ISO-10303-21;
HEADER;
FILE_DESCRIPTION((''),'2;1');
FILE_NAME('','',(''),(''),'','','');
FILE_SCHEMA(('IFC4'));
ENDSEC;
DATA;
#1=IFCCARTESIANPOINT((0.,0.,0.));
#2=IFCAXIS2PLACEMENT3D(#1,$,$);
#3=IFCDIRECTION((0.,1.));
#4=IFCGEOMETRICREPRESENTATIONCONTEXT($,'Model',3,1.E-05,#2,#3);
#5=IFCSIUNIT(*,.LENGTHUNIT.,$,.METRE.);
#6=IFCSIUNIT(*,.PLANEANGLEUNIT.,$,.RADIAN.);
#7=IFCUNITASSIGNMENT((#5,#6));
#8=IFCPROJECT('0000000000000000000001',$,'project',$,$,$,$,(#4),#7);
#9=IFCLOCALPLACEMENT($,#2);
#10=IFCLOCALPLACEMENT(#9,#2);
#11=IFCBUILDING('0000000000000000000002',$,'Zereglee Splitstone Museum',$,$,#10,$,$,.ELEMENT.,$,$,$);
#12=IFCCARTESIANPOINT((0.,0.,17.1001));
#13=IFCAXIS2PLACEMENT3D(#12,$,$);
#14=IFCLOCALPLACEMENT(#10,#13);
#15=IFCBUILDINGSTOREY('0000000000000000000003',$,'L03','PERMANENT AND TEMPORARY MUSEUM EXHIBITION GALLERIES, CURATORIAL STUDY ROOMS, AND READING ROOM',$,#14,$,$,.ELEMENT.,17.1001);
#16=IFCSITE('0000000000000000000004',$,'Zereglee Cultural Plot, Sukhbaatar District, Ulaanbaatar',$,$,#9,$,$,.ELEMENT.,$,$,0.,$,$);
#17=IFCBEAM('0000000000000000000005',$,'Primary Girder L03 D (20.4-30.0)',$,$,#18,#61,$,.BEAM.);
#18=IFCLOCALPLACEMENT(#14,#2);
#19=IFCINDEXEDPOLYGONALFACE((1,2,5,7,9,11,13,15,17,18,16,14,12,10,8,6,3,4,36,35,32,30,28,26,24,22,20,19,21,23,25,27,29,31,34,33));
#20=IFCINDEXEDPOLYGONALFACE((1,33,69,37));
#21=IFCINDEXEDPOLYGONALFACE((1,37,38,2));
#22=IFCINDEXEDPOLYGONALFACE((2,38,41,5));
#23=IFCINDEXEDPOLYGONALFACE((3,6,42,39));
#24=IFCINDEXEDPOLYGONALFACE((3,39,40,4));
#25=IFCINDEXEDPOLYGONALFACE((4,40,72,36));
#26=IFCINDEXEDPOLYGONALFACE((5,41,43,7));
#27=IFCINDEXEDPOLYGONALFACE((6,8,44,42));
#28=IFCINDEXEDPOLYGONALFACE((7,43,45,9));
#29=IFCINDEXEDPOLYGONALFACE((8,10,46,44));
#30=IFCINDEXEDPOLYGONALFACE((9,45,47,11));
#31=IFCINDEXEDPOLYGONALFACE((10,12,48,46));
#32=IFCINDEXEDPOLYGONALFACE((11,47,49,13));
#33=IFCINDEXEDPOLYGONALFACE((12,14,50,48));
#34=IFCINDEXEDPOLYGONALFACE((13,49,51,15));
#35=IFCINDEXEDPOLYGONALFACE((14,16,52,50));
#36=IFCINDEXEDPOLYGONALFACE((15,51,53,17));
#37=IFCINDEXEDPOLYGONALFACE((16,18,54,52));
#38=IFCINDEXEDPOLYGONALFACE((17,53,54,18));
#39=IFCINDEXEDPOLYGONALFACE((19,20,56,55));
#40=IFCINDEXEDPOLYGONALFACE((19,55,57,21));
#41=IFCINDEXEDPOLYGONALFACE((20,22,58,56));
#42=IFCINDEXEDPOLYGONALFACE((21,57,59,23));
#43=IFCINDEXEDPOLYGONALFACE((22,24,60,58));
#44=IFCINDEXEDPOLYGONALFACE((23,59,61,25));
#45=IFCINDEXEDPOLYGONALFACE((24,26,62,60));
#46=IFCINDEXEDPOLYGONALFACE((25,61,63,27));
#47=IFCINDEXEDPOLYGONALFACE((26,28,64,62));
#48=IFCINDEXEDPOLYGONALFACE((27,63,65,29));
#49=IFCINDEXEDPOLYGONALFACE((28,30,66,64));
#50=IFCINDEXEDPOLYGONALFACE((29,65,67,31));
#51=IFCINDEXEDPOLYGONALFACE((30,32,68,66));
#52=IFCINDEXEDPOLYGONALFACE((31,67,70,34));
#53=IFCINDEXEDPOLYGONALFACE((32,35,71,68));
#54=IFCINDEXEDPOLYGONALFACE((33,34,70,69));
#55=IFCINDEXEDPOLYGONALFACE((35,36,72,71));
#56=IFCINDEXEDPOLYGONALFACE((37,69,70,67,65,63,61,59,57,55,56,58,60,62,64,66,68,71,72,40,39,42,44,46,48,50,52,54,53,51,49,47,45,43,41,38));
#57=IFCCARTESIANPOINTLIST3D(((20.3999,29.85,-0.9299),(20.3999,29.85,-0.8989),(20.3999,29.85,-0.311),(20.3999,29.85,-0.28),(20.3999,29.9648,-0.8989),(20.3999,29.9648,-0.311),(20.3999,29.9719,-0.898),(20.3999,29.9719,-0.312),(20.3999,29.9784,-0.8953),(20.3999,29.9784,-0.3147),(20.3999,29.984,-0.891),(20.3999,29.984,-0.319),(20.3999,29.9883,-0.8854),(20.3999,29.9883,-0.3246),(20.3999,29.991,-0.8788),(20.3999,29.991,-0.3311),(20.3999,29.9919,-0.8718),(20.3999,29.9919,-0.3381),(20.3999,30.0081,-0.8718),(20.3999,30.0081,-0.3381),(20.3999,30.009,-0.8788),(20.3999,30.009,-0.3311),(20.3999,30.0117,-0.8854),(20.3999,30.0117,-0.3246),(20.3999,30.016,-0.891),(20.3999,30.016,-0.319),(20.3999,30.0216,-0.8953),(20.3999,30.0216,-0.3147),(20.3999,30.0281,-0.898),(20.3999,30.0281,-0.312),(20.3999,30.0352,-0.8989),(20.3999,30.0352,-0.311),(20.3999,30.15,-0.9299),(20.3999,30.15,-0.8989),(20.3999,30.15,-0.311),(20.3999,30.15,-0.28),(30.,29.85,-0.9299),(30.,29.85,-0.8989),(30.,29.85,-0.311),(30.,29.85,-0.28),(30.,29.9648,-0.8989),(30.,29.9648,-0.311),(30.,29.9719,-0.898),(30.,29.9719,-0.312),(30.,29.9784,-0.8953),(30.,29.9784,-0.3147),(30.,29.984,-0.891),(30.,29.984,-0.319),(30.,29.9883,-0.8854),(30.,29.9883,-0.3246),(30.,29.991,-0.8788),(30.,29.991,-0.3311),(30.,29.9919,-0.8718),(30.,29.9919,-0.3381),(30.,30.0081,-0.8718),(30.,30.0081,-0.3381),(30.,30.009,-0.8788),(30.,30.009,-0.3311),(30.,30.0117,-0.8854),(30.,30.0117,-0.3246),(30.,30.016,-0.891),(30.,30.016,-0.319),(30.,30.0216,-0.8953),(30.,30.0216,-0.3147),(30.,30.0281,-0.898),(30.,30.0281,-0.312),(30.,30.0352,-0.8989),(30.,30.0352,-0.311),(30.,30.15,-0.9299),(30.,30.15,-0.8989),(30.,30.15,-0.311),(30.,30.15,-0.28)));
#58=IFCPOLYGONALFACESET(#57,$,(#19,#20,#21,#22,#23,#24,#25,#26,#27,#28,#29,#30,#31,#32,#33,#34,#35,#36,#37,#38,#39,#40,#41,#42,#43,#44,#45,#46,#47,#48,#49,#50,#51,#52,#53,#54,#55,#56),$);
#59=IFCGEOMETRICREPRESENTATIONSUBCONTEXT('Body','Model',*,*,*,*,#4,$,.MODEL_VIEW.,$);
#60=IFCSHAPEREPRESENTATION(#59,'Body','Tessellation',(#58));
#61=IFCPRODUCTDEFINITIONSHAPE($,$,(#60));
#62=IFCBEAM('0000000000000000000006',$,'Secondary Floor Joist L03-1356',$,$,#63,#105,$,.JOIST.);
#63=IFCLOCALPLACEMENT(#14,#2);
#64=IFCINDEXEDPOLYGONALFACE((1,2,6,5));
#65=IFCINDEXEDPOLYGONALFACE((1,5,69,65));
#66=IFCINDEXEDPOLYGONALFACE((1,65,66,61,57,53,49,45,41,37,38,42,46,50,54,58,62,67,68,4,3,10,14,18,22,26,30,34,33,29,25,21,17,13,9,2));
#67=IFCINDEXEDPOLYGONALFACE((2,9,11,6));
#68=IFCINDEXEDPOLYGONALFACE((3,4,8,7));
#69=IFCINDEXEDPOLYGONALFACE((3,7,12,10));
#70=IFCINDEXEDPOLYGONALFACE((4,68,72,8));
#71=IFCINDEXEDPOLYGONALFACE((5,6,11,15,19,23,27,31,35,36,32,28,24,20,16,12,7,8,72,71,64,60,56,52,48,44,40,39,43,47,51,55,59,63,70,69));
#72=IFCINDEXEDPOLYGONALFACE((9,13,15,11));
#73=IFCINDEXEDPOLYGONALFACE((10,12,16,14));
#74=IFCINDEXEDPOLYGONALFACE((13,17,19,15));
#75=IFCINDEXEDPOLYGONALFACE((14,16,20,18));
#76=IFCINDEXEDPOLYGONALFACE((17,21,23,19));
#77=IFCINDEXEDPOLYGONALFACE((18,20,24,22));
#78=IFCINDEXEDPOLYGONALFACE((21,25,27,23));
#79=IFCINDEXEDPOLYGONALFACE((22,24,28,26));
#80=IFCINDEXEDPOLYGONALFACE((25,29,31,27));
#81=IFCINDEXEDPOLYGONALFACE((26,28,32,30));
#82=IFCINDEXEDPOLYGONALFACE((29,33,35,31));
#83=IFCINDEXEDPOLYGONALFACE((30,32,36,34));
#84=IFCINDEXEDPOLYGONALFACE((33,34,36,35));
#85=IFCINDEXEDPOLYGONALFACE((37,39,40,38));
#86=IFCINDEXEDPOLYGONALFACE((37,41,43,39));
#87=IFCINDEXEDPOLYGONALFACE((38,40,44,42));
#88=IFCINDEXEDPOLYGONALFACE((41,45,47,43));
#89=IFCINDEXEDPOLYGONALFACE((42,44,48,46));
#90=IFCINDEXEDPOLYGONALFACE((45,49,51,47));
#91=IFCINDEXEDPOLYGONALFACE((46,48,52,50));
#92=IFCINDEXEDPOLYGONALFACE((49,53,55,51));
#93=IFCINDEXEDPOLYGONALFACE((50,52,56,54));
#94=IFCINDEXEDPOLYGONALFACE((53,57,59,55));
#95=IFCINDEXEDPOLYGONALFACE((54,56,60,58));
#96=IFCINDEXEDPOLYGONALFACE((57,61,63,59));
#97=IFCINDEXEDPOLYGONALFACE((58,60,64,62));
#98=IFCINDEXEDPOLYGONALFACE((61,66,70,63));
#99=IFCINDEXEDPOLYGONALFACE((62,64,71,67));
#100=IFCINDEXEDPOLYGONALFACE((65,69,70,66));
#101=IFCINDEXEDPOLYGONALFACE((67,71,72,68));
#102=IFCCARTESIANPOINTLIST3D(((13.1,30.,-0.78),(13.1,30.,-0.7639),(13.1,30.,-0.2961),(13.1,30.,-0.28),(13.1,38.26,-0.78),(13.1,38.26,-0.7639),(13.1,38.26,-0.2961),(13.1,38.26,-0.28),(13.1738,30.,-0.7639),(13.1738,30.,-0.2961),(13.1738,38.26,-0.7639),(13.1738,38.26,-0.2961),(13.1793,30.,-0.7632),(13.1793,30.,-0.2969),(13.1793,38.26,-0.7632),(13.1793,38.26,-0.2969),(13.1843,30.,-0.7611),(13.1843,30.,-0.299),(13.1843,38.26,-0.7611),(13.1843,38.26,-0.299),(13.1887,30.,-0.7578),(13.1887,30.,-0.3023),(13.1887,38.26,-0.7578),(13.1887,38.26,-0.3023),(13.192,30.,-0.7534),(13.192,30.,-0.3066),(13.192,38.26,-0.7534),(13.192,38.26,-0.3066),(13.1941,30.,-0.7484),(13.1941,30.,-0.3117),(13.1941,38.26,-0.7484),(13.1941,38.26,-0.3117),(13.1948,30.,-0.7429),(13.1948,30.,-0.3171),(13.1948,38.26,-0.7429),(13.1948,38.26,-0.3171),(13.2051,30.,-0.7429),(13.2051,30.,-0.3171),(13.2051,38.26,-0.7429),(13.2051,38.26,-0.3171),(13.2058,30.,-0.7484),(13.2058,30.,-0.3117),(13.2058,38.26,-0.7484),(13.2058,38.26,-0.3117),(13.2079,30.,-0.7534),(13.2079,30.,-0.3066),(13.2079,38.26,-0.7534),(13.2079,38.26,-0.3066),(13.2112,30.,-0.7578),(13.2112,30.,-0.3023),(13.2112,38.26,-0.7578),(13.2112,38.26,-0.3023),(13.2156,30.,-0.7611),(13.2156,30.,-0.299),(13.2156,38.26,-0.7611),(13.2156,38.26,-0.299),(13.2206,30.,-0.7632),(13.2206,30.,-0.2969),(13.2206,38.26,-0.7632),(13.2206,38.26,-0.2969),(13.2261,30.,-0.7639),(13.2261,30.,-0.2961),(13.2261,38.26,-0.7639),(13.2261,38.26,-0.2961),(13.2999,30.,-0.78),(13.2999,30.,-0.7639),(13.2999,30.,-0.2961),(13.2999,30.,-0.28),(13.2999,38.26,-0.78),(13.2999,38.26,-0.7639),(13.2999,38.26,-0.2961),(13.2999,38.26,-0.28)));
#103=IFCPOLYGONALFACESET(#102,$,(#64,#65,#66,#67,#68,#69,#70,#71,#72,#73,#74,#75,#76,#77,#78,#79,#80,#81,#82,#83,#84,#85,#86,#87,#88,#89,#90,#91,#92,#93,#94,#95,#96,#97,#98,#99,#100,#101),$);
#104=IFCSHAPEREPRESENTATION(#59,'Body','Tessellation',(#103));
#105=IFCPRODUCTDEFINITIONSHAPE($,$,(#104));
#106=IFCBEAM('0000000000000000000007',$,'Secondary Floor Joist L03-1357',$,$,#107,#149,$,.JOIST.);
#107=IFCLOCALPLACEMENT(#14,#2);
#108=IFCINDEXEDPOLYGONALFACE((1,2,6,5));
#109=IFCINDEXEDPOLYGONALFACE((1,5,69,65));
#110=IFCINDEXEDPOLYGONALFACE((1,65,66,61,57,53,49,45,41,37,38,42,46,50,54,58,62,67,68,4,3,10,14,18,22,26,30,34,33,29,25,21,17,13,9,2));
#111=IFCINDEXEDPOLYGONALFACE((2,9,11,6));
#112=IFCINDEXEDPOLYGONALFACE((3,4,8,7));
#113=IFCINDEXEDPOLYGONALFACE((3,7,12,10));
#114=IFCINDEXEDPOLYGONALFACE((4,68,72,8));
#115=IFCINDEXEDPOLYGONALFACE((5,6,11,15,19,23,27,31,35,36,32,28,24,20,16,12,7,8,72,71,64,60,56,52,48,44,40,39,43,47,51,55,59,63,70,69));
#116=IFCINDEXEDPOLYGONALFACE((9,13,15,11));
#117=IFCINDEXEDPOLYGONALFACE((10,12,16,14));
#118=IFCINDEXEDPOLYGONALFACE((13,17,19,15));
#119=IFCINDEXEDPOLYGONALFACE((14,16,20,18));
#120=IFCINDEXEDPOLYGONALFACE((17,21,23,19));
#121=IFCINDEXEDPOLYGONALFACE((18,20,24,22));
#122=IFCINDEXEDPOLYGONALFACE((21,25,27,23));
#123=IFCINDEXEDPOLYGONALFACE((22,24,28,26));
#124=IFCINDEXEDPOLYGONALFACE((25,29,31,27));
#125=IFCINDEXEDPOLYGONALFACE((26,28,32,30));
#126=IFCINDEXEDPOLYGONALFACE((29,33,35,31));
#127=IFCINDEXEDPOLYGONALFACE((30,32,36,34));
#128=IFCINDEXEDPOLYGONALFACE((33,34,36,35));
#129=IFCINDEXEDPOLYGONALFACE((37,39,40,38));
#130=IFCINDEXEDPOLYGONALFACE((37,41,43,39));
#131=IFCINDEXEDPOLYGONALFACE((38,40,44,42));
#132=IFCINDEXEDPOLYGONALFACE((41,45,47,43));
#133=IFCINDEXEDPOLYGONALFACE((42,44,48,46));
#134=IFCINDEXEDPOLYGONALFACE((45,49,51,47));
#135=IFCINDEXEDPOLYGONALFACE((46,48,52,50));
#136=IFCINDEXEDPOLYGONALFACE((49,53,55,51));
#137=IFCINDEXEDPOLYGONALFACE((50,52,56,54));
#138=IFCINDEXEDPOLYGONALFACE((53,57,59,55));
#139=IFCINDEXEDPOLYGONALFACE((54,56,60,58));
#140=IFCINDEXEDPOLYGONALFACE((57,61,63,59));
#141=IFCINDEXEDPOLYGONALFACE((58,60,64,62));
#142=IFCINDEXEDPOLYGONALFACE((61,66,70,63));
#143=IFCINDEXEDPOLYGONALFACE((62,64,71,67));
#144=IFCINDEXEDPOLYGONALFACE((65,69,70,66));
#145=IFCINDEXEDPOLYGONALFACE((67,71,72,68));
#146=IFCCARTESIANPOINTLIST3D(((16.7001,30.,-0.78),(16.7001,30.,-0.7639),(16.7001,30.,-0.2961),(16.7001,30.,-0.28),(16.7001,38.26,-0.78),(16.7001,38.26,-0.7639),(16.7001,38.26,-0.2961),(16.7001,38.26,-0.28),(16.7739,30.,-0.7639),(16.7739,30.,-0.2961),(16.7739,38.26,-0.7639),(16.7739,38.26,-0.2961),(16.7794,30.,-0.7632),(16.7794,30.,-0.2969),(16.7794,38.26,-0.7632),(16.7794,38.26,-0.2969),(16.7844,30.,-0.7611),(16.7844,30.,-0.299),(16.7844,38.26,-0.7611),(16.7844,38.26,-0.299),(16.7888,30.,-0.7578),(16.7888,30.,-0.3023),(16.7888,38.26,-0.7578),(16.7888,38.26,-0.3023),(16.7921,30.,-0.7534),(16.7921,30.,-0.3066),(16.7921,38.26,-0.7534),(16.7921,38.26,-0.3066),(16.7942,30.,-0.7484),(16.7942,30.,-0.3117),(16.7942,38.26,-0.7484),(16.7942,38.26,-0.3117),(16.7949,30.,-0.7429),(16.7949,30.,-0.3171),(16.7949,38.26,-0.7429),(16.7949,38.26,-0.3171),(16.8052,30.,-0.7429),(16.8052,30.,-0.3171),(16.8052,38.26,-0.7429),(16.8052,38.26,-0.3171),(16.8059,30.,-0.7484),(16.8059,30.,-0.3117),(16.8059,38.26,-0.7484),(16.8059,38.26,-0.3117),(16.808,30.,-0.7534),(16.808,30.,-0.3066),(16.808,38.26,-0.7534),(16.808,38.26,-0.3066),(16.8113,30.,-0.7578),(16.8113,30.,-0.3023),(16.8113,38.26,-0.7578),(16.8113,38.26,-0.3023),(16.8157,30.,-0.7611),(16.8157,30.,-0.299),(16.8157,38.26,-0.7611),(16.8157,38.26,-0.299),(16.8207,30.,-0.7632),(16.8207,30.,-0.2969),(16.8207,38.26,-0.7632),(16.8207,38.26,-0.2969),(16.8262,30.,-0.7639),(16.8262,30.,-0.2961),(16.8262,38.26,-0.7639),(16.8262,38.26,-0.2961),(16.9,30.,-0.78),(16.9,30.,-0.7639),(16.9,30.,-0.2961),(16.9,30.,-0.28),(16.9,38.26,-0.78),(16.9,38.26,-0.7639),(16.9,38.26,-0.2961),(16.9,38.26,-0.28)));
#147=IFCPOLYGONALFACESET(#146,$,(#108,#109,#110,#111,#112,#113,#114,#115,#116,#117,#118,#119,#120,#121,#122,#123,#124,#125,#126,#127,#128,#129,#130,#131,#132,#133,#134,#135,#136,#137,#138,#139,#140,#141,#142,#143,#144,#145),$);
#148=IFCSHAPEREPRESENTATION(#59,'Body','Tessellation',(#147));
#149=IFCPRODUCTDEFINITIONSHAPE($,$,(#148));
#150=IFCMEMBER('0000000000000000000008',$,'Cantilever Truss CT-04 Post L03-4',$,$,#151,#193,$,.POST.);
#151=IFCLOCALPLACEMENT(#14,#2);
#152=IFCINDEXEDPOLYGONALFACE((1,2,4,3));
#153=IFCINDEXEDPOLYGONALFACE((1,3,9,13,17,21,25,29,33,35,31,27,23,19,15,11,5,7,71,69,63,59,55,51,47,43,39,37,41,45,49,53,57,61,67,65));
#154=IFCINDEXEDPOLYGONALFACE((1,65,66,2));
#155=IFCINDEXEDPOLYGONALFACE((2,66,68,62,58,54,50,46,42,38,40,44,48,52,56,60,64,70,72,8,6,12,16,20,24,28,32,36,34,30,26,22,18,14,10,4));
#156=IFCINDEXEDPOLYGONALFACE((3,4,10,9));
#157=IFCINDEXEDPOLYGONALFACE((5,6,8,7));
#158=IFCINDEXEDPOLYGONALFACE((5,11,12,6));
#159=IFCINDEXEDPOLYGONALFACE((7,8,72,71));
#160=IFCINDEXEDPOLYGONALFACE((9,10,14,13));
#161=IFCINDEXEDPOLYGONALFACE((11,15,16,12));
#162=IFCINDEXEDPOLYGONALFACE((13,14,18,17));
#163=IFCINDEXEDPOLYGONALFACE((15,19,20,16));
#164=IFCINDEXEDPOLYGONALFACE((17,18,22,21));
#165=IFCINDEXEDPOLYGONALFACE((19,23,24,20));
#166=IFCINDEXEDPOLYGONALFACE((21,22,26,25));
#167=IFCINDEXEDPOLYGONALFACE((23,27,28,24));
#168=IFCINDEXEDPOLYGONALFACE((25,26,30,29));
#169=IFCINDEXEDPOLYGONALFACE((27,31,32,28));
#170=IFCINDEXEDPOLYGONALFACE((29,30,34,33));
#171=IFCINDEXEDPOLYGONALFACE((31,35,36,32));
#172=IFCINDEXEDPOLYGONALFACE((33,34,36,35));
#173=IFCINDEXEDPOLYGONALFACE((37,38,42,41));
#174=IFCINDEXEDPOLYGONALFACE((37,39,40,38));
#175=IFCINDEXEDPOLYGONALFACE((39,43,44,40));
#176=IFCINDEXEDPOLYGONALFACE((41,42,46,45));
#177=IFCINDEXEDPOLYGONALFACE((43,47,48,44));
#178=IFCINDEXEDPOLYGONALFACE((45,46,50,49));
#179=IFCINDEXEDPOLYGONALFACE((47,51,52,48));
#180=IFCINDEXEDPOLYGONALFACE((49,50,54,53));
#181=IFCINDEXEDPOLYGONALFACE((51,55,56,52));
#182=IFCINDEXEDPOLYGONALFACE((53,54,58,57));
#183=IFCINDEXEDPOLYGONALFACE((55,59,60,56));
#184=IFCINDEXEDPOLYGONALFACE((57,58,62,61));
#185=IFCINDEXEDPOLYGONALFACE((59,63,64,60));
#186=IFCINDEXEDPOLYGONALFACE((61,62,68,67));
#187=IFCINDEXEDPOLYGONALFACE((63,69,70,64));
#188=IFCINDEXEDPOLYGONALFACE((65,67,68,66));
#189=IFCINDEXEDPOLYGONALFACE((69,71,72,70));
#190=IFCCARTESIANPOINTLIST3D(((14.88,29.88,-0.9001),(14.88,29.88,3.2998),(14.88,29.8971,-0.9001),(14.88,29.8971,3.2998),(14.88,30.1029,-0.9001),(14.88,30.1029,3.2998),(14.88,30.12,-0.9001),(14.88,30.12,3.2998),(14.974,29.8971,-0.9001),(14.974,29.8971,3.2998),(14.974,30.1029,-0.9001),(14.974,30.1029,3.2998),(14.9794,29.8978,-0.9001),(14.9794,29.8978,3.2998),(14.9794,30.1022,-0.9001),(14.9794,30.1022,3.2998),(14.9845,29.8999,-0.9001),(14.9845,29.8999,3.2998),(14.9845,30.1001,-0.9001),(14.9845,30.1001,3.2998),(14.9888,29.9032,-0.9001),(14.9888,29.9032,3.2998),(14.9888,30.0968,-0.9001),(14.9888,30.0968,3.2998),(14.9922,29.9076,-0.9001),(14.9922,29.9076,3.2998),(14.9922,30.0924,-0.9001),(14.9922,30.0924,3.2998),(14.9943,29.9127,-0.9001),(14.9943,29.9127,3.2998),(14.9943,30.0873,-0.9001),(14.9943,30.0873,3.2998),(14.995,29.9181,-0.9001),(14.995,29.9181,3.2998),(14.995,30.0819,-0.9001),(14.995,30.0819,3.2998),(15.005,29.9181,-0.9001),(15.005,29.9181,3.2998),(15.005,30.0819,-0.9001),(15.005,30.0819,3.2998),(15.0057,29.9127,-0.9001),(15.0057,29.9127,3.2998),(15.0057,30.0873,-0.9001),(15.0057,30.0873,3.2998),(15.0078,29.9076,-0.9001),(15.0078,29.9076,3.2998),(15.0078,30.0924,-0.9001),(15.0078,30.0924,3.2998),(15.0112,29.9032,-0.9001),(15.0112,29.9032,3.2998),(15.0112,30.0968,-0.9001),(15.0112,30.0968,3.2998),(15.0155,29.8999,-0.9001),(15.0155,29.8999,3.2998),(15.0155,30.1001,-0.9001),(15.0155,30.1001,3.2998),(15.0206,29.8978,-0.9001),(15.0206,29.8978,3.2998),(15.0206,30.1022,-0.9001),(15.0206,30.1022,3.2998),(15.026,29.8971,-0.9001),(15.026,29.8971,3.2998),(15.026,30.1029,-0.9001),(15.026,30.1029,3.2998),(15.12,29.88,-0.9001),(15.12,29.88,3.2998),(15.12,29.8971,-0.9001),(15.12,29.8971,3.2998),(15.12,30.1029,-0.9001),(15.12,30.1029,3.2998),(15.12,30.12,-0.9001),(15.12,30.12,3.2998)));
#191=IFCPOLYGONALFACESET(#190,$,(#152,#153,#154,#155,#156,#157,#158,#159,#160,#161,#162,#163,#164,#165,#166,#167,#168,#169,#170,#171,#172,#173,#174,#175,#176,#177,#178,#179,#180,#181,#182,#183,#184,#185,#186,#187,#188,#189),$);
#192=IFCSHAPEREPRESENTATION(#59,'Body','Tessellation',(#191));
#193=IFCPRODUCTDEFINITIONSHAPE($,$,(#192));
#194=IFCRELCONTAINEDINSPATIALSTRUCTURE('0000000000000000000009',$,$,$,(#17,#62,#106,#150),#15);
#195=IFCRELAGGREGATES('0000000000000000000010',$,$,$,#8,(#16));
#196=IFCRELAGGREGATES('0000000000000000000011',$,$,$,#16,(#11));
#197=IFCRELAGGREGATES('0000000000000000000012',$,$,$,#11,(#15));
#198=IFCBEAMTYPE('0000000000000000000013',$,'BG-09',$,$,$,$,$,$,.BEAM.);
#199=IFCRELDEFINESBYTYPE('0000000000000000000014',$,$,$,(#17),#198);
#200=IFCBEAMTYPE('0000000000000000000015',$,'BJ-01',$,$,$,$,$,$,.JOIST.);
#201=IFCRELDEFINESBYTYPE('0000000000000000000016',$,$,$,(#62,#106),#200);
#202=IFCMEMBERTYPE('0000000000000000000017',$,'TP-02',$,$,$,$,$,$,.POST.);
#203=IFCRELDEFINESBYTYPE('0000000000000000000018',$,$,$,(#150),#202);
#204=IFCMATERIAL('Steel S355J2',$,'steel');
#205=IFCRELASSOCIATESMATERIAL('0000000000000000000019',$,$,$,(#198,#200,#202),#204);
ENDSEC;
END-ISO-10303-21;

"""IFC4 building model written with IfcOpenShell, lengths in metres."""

from ifc_helpers import new_model, si_unit, direction, frame, origin, origin_2d, place, context, subcontext, project, spatial, i_section, extrude, material, material_profile, profile_set, type_object, element, save


model = new_model("IFC4")

# Units and contexts
model_context = context("Model", 3, precision=1e-05, world=origin(), true_north=direction((0.0, 1.0)))
body_context = subcontext(model_context, "Body", "Model", "MODEL_VIEW")
ifc_project = project(units=[si_unit("LENGTHUNIT", "METRE"), si_unit("PLANEANGLEUNIT", "RADIAN")], contexts=[model_context])

# Site, building, storey
site_placement = place(None, origin())
site = spatial("IfcSite", under=ifc_project, at=site_placement, Name="Zereglee Cultural Plot, Sukhbaatar District, Ulaanbaatar", CompositionType="ELEMENT", RefElevation=0.0)
building_placement = place(site_placement, origin())
building = spatial("IfcBuilding", under=site, at=building_placement, Name="Zereglee Splitstone Museum", CompositionType="ELEMENT")
storey_placement = place(building_placement, frame((0.0, 0.0, 17.1001)))
storey = spatial("IfcBuildingStorey", under=building, at=storey_placement, Name="L03", Description="PERMANENT AND TEMPORARY MUSEUM EXHIBITION GALLERIES, CURATORIAL STUDY ROOMS, AND READING ROOM", CompositionType="ELEMENT", Elevation=17.1001)

# Shared definitions
ifc_material_1 = material(Name="Steel S355J2", Category="steel")

# Beams
ifc_material_profile_1 = material_profile(ifc_material_1, i_section(OverallWidth=0.3, OverallDepth=0.6499, WebThickness=0.0161, FlangeThickness=0.031, FilletRadius=0.0271, at=origin_2d()), Name="HE 650 B")
ifc_profile_set_1 = profile_set([ifc_material_profile_1], Name="Steel S355J2")
beam_type_1 = type_object("IfcBeamType", Name="BG-09", PredefinedType="BEAM", material=ifc_profile_set_1)
beam_1_placement = place(storey_placement, frame((20.3999, 30.0, -0.605), z_axis=(1.0, 0.0, 0.0), x_axis=(0.0, 1.0, 0.0)))
element("IfcBeam", 1, at=beam_1_placement, inside=storey, type_object=beam_type_1, Name="Primary Girder L03 D (20.4-30.0)", PredefinedType="BEAM", context=body_context, shape_type="SweptSolid", body=[
    extrude(i_section(OverallWidth=0.3, OverallDepth=0.6499, WebThickness=0.0161, FlangeThickness=0.031, FilletRadius=0.0271, at=origin_2d()), origin(), (0.0, 0.0, 1.0), 9.6001),
])
ifc_material_profile_2 = material_profile(ifc_material_1, i_section(OverallWidth=0.2, OverallDepth=0.5, WebThickness=0.0103, FlangeThickness=0.0161, FilletRadius=0.021, at=origin_2d()), Name="IPE 500")
ifc_profile_set_2 = profile_set([ifc_material_profile_2], Name="Steel S355J2")
beam_type_2 = type_object("IfcBeamType", Name="BJ-01", PredefinedType="JOIST", material=ifc_profile_set_2)
for number, where, z_axis, x_axis, name in (
    (2, (13.2, 30.0, -0.53), (0.0, 1.0, 0.0), (-1.0, 0.0, 0.0), "Secondary Floor Joist L03-1356"),
    (3, (16.8, 30.0, -0.53), (0.0, 1.0, 0.0), (-1.0, 0.0, 0.0), "Secondary Floor Joist L03-1357"),
):
    element("IfcBeam", number, at=place(storey_placement, frame(where, z_axis=z_axis, x_axis=x_axis)), inside=storey, type_object=beam_type_2, Name=name, PredefinedType="JOIST", context=body_context, shape_type="SweptSolid", body=[
        extrude(i_section(OverallWidth=0.2, OverallDepth=0.5, WebThickness=0.0103, FlangeThickness=0.0161, FilletRadius=0.021, at=origin_2d()), origin(), (0.0, 0.0, 1.0), 8.26),
    ])

# Member
ifc_material_profile_3 = material_profile(ifc_material_1, i_section(OverallWidth=0.24, OverallDepth=0.24, WebThickness=0.01, FlangeThickness=0.0171, FilletRadius=0.021, at=origin_2d()), Name="HE 240 B")
ifc_profile_set_3 = profile_set([ifc_material_profile_3], Name="Steel S355J2")
member_type_1 = type_object("IfcMemberType", Name="TP-02", PredefinedType="POST", material=ifc_profile_set_3)
member_1_placement = place(storey_placement, frame((15.0, 30.0, -0.9001), z_axis=(0.0, 0.0, 1.0), x_axis=(1.0, 0.0, 0.0)))
element("IfcMember", 4, at=member_1_placement, inside=storey, type_object=member_type_1, Name="Cantilever Truss CT-04 Post L03-4", PredefinedType="POST", context=body_context, shape_type="SweptSolid", body=[
    extrude(i_section(OverallWidth=0.24, OverallDepth=0.24, WebThickness=0.01, FlangeThickness=0.0171, FilletRadius=0.021, at=origin_2d()), origin(), (0.0, 0.0, 1.0), 4.2),
])

save(model, "model.ifc")
